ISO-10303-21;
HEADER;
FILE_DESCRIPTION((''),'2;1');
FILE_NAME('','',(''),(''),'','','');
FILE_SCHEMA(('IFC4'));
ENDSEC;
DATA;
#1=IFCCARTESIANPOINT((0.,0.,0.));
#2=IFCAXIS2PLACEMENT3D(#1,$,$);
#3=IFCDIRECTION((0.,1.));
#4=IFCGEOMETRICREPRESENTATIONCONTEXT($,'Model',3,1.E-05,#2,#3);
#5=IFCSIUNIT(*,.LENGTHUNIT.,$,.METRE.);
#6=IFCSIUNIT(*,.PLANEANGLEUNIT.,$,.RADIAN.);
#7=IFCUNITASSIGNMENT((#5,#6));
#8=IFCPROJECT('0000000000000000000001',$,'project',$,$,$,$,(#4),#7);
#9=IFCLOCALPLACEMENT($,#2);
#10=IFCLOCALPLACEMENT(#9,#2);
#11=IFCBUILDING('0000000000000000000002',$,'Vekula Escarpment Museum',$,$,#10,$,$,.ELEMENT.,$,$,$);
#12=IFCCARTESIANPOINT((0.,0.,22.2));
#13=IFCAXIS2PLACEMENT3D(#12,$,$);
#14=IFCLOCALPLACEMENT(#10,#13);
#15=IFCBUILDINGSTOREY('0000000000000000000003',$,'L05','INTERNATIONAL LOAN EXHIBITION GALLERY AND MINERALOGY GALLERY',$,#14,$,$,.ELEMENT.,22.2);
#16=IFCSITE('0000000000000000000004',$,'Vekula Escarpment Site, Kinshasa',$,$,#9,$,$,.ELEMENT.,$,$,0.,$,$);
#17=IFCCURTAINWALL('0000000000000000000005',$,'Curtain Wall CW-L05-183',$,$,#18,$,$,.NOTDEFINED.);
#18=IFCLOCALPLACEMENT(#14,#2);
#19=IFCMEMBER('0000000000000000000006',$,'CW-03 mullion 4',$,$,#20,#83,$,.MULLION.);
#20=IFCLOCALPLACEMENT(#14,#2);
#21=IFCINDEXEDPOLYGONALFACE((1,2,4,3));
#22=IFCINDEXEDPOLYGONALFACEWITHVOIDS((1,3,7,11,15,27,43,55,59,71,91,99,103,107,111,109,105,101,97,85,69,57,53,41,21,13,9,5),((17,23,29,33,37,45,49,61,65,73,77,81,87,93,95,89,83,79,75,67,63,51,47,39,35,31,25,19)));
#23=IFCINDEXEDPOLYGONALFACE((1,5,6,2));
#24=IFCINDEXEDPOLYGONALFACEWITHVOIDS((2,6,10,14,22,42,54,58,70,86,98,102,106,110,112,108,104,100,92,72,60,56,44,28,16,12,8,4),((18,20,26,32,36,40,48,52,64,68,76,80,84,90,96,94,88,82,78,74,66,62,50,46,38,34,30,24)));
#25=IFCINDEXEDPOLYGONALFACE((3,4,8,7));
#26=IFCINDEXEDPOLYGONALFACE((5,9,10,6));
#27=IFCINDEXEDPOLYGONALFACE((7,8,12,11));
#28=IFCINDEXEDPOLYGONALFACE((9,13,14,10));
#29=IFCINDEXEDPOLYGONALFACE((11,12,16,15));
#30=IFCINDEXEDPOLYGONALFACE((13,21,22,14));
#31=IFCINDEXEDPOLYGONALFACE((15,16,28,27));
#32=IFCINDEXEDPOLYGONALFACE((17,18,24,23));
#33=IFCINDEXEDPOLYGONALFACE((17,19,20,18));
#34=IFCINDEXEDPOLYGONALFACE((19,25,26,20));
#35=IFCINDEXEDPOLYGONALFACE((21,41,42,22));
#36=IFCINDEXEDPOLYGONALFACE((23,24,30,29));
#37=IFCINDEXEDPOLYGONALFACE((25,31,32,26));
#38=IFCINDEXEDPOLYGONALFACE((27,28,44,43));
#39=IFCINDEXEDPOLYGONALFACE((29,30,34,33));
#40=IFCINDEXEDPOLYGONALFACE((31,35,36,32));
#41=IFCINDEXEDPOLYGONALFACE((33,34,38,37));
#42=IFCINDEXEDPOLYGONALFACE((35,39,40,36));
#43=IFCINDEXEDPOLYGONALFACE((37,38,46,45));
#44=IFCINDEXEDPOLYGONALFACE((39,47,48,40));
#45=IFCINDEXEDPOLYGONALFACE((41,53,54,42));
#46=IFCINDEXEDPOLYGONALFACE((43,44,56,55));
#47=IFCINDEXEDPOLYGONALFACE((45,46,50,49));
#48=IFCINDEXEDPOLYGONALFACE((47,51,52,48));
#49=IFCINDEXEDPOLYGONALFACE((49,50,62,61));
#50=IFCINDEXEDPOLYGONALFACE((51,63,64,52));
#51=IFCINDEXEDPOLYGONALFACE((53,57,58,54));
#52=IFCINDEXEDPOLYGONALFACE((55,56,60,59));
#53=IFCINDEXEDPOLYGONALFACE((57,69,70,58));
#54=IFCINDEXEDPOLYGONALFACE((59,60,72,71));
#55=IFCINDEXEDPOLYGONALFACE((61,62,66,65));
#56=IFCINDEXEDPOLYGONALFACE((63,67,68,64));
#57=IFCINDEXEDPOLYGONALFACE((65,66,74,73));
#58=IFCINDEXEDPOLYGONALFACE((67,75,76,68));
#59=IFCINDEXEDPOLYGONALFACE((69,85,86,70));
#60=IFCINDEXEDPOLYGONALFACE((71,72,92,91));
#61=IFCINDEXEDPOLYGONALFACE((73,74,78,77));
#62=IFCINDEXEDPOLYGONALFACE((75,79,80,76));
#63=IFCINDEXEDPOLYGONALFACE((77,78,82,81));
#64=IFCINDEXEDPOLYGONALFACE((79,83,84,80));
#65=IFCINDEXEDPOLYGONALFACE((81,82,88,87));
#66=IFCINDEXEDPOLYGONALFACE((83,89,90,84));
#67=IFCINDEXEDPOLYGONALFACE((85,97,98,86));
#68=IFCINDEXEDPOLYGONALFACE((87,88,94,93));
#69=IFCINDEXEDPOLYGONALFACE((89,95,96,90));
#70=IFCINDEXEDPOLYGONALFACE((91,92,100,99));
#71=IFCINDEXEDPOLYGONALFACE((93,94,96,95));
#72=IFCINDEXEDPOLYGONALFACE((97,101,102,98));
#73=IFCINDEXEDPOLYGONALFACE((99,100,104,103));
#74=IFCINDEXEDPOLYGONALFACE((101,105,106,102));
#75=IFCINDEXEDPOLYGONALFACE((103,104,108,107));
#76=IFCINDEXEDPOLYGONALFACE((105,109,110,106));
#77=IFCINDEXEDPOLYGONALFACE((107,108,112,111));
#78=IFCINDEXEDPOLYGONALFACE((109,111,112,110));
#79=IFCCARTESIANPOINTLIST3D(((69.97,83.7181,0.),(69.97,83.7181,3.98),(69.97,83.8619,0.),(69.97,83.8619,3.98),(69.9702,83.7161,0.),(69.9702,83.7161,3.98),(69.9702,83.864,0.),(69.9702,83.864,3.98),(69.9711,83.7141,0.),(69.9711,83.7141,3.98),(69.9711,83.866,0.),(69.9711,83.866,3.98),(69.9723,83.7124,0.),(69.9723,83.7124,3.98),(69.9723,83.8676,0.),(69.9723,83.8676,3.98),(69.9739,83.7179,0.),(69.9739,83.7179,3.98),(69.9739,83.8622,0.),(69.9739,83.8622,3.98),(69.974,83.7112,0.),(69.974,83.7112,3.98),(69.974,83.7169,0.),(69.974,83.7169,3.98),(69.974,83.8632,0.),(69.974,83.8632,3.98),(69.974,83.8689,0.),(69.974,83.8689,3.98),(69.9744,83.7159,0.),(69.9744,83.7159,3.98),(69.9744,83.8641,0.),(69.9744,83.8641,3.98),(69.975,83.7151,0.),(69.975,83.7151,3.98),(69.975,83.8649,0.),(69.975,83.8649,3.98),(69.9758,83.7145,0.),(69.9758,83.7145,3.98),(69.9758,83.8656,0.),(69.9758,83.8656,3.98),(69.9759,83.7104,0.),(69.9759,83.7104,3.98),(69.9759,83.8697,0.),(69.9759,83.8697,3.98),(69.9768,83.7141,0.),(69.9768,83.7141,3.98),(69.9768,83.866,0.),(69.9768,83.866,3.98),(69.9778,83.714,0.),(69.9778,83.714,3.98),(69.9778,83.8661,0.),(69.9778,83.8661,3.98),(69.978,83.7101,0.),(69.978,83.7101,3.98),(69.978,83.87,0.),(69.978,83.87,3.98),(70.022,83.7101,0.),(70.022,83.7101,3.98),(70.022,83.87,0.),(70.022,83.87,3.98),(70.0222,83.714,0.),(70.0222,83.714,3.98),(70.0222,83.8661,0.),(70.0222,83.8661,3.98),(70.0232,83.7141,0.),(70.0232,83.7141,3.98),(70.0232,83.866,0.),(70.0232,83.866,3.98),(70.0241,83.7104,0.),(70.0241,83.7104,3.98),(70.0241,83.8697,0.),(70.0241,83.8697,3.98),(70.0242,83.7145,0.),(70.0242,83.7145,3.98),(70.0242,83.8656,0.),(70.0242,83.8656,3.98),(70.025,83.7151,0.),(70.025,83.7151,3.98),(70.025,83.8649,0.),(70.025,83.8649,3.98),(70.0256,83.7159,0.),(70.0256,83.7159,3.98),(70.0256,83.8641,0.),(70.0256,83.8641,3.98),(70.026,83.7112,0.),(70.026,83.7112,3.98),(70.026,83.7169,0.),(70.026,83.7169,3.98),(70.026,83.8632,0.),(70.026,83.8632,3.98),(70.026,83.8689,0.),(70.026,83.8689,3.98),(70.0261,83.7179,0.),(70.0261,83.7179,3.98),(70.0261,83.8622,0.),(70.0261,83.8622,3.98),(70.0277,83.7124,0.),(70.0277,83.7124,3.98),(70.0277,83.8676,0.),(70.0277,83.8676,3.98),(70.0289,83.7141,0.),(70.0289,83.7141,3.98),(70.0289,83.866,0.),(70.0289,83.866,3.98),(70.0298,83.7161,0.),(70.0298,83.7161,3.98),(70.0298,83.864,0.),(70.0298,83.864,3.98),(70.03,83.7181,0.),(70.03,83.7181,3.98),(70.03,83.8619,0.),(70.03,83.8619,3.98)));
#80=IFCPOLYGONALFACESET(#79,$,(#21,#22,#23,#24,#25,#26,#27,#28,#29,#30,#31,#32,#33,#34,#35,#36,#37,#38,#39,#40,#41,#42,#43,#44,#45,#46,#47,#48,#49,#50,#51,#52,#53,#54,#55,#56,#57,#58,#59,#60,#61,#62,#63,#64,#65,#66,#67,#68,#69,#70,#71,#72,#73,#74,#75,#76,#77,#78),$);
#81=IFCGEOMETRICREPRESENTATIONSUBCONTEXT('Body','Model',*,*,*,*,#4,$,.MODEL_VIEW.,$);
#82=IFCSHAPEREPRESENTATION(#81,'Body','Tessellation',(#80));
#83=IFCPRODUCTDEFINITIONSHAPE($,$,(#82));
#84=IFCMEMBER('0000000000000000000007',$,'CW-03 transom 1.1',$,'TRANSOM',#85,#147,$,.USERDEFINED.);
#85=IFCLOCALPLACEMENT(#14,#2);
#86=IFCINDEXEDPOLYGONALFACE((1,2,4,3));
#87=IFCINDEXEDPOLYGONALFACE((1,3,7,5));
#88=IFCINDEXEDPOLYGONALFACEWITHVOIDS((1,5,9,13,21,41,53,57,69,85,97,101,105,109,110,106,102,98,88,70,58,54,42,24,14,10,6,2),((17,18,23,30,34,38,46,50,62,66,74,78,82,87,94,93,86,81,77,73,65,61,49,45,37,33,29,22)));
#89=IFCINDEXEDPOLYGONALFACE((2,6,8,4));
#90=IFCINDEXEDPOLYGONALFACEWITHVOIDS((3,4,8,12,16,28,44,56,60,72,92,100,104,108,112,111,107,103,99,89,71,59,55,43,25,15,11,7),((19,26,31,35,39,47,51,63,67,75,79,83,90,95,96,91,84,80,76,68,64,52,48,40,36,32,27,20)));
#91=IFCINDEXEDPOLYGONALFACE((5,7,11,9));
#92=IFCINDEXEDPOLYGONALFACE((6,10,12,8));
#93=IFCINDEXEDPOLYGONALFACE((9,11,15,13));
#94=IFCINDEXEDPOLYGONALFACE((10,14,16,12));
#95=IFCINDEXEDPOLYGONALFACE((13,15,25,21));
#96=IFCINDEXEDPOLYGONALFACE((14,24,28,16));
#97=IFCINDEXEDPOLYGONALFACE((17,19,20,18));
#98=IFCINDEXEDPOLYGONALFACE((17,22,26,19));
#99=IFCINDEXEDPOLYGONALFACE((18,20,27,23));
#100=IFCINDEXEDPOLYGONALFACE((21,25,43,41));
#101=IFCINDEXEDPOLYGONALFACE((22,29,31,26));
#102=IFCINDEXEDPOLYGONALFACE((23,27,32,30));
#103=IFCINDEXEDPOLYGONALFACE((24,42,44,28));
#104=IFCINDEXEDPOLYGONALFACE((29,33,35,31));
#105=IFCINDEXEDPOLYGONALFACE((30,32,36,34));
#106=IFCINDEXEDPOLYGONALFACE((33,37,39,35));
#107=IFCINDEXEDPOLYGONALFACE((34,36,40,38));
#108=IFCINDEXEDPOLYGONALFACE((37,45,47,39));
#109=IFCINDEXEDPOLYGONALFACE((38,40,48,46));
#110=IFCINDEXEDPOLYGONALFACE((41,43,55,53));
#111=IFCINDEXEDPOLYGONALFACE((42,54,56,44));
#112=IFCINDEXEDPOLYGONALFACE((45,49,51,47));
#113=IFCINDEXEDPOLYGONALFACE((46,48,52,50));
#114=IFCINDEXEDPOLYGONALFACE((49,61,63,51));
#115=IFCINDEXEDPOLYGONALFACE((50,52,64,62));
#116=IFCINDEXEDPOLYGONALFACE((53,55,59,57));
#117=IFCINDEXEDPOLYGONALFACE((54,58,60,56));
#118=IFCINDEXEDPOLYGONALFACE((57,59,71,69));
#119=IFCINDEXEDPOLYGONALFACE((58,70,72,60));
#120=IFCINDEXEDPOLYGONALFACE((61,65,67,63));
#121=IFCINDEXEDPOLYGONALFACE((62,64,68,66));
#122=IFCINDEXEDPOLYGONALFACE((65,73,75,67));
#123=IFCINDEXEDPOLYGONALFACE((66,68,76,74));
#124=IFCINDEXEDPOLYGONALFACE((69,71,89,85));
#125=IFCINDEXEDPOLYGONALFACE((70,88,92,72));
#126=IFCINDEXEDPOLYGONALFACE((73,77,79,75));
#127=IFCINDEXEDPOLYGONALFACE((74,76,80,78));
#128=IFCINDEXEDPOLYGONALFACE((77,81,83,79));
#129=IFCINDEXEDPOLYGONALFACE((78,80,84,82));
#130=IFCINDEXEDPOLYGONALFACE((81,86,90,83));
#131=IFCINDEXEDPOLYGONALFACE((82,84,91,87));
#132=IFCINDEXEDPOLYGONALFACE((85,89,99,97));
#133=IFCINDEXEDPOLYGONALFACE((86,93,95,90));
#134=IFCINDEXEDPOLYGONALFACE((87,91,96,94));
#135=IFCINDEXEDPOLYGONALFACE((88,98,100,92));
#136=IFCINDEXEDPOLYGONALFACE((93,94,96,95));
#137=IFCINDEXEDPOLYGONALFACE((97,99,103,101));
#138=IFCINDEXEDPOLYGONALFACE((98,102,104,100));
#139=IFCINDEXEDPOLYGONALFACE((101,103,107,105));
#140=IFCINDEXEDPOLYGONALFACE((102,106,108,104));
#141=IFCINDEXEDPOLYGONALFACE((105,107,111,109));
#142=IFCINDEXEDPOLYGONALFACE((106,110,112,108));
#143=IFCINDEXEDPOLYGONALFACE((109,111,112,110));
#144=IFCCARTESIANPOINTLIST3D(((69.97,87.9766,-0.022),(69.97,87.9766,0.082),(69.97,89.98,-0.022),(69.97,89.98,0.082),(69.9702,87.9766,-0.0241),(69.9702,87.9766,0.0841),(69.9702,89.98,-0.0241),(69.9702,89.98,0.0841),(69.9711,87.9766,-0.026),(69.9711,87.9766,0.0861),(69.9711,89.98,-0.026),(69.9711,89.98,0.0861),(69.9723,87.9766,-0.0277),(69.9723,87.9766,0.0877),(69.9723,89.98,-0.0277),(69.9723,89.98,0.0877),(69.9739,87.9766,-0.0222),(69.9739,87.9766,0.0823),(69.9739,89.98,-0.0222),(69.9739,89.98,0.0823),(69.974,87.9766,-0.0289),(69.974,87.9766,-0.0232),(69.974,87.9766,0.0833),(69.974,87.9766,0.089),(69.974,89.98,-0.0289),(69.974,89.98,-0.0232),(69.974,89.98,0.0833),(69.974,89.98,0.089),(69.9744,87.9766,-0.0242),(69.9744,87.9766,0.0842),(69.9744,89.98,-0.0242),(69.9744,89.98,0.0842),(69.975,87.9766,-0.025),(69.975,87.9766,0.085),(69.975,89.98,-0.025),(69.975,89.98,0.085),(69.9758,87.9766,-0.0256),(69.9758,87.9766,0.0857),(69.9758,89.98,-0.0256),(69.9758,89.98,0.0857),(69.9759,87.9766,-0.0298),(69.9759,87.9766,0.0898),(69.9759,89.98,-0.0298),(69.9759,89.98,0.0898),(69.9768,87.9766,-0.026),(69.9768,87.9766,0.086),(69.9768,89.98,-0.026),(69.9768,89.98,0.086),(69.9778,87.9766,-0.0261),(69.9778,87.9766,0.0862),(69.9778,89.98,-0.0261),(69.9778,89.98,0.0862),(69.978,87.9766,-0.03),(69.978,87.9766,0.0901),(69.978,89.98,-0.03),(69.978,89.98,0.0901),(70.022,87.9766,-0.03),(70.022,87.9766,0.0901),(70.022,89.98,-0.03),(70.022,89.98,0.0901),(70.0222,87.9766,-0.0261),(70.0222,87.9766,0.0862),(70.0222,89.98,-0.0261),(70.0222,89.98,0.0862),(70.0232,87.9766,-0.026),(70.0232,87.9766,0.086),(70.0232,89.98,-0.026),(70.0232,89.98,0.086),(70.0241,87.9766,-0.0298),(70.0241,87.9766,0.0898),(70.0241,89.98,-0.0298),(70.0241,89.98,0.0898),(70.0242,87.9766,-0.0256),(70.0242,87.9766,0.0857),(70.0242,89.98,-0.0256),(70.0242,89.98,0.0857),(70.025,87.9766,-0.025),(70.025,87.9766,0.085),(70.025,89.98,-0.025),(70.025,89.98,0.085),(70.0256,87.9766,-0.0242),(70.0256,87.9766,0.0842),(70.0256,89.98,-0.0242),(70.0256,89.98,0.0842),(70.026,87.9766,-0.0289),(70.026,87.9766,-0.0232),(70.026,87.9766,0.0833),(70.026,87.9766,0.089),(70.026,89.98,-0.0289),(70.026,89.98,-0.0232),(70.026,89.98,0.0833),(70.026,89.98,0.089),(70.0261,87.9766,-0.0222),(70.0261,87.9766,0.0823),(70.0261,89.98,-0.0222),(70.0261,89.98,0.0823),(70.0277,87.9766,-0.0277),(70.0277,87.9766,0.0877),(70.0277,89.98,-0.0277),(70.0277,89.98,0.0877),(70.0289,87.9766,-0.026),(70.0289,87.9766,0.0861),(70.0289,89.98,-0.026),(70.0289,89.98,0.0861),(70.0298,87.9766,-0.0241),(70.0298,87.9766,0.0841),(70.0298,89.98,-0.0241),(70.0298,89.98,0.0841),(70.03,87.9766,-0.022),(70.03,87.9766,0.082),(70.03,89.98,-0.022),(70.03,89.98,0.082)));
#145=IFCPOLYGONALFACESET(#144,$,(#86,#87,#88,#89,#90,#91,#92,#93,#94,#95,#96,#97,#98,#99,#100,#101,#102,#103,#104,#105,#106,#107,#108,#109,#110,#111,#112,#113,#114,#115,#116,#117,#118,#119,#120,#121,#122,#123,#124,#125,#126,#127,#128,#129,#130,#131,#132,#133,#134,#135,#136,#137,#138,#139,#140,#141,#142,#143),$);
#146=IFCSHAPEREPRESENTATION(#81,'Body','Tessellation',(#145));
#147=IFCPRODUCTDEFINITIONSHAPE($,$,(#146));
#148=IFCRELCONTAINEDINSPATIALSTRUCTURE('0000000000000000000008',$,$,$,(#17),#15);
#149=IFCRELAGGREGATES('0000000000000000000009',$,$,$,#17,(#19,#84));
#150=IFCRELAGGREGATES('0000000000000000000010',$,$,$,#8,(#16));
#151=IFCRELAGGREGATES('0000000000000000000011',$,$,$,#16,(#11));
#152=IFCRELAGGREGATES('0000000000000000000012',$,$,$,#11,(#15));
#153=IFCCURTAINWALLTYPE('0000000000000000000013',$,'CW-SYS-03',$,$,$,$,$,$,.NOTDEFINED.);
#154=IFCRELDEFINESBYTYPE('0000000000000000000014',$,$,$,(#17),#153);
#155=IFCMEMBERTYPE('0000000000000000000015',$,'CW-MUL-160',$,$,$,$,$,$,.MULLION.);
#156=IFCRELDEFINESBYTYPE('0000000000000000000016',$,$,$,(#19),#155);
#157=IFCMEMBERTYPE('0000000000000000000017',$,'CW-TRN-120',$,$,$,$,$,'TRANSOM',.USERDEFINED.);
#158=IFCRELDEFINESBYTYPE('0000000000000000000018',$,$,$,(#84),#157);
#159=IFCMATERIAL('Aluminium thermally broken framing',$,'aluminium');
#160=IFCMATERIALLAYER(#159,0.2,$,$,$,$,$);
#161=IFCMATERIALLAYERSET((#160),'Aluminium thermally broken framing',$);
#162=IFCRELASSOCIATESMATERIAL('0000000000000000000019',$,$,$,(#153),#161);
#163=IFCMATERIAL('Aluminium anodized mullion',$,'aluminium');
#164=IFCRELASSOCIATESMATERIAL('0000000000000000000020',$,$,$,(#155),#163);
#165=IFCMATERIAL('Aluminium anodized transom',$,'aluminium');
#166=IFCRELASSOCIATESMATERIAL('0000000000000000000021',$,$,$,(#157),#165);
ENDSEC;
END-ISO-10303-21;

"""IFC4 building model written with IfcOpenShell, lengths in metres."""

from ifc_helpers import new_model, si_unit, direction, frame, origin, origin_2d, place, context, subcontext, project, spatial, hollow_rectangle, extrude, material, layer, layer_set, material_profile, profile_set, type_object, element, aggregate, save


model = new_model("IFC4")

# Units and contexts
model_context = context("Model", 3, precision=1e-05, world=origin(), true_north=direction((0.0, 1.0)))
body_context = subcontext(model_context, "Body", "Model", "MODEL_VIEW")
ifc_project = project(units=[si_unit("LENGTHUNIT", "METRE"), si_unit("PLANEANGLEUNIT", "RADIAN")], contexts=[model_context])

# Site, building, storey
site_placement = place(None, origin())
site = spatial("IfcSite", under=ifc_project, at=site_placement, Name="Vekula Escarpment Site, Kinshasa", CompositionType="ELEMENT", RefElevation=0.0)
building_placement = place(site_placement, origin())
building = spatial("IfcBuilding", under=site, at=building_placement, Name="Vekula Escarpment Museum", CompositionType="ELEMENT")
storey_placement = place(building_placement, frame((0.0, 0.0, 22.2)))
storey = spatial("IfcBuildingStorey", under=building, at=storey_placement, Name="L05", Description="INTERNATIONAL LOAN EXHIBITION GALLERY AND MINERALOGY GALLERY", CompositionType="ELEMENT", Elevation=22.2)

# Curtain wall, members
ifc_material_1 = material(Name="Aluminium thermally broken framing", Category="aluminium")
ifc_layer_1 = layer(ifc_material_1, 0.2)
ifc_layer_set_1 = layer_set([ifc_layer_1], Name="Aluminium thermally broken framing")
curtain_wall_type = type_object("IfcCurtainWallType", Name="CW-SYS-03", PredefinedType="NOTDEFINED", material=ifc_layer_set_1)
curtain_wall_placement = place(storey_placement, origin())
curtain_wall = element("IfcCurtainWall", 1, at=curtain_wall_placement, inside=storey, type_object=curtain_wall_type, Name="Curtain Wall CW-L05-183", PredefinedType="NOTDEFINED")
ifc_material_2 = material(Name="Aluminium anodized mullion", Category="aluminium")
ifc_material_profile_1 = material_profile(ifc_material_2, hollow_rectangle(XDim=0.0601, YDim=0.1599, WallThickness=0.0039, InnerFilletRadius=0.0039, OuterFilletRadius=0.0081, at=origin_2d()), Name="ALU 160x60x4")
ifc_profile_set_1 = profile_set([ifc_material_profile_1], Name="Aluminium anodized mullion")
member_type_1 = type_object("IfcMemberType", Name="CW-MUL-160", PredefinedType="MULLION", material=ifc_profile_set_1)
member_1_placement = place(storey_placement, frame((70.0, 83.79, 0.0), z_axis=(0.0, 0.0, 1.0), x_axis=(1.0, 0.0, 0.0)))
member_1 = element("IfcMember", 2, at=member_1_placement, type_object=member_type_1, Name="CW-03 mullion 4", PredefinedType="MULLION", context=body_context, shape_type="SweptSolid", body=[
    extrude(hollow_rectangle(XDim=0.0601, YDim=0.1599, WallThickness=0.0039, InnerFilletRadius=0.0039, OuterFilletRadius=0.0081, at=origin_2d()), origin(), (0.0, 0.0, 1.0), 3.98),
])
ifc_material_3 = material(Name="Aluminium anodized transom", Category="aluminium")
ifc_material_profile_2 = material_profile(ifc_material_3, hollow_rectangle(XDim=0.0601, YDim=0.1201, WallThickness=0.0039, InnerFilletRadius=0.0039, OuterFilletRadius=0.0081, at=origin_2d()), Name="ALU 120x60x4")
ifc_profile_set_2 = profile_set([ifc_material_profile_2], Name="Aluminium anodized transom")
member_type_2 = type_object("IfcMemberType", Name="CW-TRN-120", ElementType="TRANSOM", PredefinedType="USERDEFINED", material=ifc_profile_set_2)
member_2_placement = place(storey_placement, frame((70.0, 89.98, 0.03), z_axis=(0.0, -1.0, 0.0), x_axis=(1.0, 0.0, 0.0)))
member_2 = element("IfcMember", 3, at=member_2_placement, type_object=member_type_2, Name="CW-03 transom 1.1", ObjectType="TRANSOM", PredefinedType="USERDEFINED", context=body_context, shape_type="SweptSolid", body=[
    extrude(hollow_rectangle(XDim=0.0601, YDim=0.1201, WallThickness=0.0039, InnerFilletRadius=0.0039, OuterFilletRadius=0.0081, at=origin_2d()), origin(), (0.0, 0.0, 1.0), 2.0034),
])
aggregate(curtain_wall, [member_1, member_2])

save(model, "model.ifc")
